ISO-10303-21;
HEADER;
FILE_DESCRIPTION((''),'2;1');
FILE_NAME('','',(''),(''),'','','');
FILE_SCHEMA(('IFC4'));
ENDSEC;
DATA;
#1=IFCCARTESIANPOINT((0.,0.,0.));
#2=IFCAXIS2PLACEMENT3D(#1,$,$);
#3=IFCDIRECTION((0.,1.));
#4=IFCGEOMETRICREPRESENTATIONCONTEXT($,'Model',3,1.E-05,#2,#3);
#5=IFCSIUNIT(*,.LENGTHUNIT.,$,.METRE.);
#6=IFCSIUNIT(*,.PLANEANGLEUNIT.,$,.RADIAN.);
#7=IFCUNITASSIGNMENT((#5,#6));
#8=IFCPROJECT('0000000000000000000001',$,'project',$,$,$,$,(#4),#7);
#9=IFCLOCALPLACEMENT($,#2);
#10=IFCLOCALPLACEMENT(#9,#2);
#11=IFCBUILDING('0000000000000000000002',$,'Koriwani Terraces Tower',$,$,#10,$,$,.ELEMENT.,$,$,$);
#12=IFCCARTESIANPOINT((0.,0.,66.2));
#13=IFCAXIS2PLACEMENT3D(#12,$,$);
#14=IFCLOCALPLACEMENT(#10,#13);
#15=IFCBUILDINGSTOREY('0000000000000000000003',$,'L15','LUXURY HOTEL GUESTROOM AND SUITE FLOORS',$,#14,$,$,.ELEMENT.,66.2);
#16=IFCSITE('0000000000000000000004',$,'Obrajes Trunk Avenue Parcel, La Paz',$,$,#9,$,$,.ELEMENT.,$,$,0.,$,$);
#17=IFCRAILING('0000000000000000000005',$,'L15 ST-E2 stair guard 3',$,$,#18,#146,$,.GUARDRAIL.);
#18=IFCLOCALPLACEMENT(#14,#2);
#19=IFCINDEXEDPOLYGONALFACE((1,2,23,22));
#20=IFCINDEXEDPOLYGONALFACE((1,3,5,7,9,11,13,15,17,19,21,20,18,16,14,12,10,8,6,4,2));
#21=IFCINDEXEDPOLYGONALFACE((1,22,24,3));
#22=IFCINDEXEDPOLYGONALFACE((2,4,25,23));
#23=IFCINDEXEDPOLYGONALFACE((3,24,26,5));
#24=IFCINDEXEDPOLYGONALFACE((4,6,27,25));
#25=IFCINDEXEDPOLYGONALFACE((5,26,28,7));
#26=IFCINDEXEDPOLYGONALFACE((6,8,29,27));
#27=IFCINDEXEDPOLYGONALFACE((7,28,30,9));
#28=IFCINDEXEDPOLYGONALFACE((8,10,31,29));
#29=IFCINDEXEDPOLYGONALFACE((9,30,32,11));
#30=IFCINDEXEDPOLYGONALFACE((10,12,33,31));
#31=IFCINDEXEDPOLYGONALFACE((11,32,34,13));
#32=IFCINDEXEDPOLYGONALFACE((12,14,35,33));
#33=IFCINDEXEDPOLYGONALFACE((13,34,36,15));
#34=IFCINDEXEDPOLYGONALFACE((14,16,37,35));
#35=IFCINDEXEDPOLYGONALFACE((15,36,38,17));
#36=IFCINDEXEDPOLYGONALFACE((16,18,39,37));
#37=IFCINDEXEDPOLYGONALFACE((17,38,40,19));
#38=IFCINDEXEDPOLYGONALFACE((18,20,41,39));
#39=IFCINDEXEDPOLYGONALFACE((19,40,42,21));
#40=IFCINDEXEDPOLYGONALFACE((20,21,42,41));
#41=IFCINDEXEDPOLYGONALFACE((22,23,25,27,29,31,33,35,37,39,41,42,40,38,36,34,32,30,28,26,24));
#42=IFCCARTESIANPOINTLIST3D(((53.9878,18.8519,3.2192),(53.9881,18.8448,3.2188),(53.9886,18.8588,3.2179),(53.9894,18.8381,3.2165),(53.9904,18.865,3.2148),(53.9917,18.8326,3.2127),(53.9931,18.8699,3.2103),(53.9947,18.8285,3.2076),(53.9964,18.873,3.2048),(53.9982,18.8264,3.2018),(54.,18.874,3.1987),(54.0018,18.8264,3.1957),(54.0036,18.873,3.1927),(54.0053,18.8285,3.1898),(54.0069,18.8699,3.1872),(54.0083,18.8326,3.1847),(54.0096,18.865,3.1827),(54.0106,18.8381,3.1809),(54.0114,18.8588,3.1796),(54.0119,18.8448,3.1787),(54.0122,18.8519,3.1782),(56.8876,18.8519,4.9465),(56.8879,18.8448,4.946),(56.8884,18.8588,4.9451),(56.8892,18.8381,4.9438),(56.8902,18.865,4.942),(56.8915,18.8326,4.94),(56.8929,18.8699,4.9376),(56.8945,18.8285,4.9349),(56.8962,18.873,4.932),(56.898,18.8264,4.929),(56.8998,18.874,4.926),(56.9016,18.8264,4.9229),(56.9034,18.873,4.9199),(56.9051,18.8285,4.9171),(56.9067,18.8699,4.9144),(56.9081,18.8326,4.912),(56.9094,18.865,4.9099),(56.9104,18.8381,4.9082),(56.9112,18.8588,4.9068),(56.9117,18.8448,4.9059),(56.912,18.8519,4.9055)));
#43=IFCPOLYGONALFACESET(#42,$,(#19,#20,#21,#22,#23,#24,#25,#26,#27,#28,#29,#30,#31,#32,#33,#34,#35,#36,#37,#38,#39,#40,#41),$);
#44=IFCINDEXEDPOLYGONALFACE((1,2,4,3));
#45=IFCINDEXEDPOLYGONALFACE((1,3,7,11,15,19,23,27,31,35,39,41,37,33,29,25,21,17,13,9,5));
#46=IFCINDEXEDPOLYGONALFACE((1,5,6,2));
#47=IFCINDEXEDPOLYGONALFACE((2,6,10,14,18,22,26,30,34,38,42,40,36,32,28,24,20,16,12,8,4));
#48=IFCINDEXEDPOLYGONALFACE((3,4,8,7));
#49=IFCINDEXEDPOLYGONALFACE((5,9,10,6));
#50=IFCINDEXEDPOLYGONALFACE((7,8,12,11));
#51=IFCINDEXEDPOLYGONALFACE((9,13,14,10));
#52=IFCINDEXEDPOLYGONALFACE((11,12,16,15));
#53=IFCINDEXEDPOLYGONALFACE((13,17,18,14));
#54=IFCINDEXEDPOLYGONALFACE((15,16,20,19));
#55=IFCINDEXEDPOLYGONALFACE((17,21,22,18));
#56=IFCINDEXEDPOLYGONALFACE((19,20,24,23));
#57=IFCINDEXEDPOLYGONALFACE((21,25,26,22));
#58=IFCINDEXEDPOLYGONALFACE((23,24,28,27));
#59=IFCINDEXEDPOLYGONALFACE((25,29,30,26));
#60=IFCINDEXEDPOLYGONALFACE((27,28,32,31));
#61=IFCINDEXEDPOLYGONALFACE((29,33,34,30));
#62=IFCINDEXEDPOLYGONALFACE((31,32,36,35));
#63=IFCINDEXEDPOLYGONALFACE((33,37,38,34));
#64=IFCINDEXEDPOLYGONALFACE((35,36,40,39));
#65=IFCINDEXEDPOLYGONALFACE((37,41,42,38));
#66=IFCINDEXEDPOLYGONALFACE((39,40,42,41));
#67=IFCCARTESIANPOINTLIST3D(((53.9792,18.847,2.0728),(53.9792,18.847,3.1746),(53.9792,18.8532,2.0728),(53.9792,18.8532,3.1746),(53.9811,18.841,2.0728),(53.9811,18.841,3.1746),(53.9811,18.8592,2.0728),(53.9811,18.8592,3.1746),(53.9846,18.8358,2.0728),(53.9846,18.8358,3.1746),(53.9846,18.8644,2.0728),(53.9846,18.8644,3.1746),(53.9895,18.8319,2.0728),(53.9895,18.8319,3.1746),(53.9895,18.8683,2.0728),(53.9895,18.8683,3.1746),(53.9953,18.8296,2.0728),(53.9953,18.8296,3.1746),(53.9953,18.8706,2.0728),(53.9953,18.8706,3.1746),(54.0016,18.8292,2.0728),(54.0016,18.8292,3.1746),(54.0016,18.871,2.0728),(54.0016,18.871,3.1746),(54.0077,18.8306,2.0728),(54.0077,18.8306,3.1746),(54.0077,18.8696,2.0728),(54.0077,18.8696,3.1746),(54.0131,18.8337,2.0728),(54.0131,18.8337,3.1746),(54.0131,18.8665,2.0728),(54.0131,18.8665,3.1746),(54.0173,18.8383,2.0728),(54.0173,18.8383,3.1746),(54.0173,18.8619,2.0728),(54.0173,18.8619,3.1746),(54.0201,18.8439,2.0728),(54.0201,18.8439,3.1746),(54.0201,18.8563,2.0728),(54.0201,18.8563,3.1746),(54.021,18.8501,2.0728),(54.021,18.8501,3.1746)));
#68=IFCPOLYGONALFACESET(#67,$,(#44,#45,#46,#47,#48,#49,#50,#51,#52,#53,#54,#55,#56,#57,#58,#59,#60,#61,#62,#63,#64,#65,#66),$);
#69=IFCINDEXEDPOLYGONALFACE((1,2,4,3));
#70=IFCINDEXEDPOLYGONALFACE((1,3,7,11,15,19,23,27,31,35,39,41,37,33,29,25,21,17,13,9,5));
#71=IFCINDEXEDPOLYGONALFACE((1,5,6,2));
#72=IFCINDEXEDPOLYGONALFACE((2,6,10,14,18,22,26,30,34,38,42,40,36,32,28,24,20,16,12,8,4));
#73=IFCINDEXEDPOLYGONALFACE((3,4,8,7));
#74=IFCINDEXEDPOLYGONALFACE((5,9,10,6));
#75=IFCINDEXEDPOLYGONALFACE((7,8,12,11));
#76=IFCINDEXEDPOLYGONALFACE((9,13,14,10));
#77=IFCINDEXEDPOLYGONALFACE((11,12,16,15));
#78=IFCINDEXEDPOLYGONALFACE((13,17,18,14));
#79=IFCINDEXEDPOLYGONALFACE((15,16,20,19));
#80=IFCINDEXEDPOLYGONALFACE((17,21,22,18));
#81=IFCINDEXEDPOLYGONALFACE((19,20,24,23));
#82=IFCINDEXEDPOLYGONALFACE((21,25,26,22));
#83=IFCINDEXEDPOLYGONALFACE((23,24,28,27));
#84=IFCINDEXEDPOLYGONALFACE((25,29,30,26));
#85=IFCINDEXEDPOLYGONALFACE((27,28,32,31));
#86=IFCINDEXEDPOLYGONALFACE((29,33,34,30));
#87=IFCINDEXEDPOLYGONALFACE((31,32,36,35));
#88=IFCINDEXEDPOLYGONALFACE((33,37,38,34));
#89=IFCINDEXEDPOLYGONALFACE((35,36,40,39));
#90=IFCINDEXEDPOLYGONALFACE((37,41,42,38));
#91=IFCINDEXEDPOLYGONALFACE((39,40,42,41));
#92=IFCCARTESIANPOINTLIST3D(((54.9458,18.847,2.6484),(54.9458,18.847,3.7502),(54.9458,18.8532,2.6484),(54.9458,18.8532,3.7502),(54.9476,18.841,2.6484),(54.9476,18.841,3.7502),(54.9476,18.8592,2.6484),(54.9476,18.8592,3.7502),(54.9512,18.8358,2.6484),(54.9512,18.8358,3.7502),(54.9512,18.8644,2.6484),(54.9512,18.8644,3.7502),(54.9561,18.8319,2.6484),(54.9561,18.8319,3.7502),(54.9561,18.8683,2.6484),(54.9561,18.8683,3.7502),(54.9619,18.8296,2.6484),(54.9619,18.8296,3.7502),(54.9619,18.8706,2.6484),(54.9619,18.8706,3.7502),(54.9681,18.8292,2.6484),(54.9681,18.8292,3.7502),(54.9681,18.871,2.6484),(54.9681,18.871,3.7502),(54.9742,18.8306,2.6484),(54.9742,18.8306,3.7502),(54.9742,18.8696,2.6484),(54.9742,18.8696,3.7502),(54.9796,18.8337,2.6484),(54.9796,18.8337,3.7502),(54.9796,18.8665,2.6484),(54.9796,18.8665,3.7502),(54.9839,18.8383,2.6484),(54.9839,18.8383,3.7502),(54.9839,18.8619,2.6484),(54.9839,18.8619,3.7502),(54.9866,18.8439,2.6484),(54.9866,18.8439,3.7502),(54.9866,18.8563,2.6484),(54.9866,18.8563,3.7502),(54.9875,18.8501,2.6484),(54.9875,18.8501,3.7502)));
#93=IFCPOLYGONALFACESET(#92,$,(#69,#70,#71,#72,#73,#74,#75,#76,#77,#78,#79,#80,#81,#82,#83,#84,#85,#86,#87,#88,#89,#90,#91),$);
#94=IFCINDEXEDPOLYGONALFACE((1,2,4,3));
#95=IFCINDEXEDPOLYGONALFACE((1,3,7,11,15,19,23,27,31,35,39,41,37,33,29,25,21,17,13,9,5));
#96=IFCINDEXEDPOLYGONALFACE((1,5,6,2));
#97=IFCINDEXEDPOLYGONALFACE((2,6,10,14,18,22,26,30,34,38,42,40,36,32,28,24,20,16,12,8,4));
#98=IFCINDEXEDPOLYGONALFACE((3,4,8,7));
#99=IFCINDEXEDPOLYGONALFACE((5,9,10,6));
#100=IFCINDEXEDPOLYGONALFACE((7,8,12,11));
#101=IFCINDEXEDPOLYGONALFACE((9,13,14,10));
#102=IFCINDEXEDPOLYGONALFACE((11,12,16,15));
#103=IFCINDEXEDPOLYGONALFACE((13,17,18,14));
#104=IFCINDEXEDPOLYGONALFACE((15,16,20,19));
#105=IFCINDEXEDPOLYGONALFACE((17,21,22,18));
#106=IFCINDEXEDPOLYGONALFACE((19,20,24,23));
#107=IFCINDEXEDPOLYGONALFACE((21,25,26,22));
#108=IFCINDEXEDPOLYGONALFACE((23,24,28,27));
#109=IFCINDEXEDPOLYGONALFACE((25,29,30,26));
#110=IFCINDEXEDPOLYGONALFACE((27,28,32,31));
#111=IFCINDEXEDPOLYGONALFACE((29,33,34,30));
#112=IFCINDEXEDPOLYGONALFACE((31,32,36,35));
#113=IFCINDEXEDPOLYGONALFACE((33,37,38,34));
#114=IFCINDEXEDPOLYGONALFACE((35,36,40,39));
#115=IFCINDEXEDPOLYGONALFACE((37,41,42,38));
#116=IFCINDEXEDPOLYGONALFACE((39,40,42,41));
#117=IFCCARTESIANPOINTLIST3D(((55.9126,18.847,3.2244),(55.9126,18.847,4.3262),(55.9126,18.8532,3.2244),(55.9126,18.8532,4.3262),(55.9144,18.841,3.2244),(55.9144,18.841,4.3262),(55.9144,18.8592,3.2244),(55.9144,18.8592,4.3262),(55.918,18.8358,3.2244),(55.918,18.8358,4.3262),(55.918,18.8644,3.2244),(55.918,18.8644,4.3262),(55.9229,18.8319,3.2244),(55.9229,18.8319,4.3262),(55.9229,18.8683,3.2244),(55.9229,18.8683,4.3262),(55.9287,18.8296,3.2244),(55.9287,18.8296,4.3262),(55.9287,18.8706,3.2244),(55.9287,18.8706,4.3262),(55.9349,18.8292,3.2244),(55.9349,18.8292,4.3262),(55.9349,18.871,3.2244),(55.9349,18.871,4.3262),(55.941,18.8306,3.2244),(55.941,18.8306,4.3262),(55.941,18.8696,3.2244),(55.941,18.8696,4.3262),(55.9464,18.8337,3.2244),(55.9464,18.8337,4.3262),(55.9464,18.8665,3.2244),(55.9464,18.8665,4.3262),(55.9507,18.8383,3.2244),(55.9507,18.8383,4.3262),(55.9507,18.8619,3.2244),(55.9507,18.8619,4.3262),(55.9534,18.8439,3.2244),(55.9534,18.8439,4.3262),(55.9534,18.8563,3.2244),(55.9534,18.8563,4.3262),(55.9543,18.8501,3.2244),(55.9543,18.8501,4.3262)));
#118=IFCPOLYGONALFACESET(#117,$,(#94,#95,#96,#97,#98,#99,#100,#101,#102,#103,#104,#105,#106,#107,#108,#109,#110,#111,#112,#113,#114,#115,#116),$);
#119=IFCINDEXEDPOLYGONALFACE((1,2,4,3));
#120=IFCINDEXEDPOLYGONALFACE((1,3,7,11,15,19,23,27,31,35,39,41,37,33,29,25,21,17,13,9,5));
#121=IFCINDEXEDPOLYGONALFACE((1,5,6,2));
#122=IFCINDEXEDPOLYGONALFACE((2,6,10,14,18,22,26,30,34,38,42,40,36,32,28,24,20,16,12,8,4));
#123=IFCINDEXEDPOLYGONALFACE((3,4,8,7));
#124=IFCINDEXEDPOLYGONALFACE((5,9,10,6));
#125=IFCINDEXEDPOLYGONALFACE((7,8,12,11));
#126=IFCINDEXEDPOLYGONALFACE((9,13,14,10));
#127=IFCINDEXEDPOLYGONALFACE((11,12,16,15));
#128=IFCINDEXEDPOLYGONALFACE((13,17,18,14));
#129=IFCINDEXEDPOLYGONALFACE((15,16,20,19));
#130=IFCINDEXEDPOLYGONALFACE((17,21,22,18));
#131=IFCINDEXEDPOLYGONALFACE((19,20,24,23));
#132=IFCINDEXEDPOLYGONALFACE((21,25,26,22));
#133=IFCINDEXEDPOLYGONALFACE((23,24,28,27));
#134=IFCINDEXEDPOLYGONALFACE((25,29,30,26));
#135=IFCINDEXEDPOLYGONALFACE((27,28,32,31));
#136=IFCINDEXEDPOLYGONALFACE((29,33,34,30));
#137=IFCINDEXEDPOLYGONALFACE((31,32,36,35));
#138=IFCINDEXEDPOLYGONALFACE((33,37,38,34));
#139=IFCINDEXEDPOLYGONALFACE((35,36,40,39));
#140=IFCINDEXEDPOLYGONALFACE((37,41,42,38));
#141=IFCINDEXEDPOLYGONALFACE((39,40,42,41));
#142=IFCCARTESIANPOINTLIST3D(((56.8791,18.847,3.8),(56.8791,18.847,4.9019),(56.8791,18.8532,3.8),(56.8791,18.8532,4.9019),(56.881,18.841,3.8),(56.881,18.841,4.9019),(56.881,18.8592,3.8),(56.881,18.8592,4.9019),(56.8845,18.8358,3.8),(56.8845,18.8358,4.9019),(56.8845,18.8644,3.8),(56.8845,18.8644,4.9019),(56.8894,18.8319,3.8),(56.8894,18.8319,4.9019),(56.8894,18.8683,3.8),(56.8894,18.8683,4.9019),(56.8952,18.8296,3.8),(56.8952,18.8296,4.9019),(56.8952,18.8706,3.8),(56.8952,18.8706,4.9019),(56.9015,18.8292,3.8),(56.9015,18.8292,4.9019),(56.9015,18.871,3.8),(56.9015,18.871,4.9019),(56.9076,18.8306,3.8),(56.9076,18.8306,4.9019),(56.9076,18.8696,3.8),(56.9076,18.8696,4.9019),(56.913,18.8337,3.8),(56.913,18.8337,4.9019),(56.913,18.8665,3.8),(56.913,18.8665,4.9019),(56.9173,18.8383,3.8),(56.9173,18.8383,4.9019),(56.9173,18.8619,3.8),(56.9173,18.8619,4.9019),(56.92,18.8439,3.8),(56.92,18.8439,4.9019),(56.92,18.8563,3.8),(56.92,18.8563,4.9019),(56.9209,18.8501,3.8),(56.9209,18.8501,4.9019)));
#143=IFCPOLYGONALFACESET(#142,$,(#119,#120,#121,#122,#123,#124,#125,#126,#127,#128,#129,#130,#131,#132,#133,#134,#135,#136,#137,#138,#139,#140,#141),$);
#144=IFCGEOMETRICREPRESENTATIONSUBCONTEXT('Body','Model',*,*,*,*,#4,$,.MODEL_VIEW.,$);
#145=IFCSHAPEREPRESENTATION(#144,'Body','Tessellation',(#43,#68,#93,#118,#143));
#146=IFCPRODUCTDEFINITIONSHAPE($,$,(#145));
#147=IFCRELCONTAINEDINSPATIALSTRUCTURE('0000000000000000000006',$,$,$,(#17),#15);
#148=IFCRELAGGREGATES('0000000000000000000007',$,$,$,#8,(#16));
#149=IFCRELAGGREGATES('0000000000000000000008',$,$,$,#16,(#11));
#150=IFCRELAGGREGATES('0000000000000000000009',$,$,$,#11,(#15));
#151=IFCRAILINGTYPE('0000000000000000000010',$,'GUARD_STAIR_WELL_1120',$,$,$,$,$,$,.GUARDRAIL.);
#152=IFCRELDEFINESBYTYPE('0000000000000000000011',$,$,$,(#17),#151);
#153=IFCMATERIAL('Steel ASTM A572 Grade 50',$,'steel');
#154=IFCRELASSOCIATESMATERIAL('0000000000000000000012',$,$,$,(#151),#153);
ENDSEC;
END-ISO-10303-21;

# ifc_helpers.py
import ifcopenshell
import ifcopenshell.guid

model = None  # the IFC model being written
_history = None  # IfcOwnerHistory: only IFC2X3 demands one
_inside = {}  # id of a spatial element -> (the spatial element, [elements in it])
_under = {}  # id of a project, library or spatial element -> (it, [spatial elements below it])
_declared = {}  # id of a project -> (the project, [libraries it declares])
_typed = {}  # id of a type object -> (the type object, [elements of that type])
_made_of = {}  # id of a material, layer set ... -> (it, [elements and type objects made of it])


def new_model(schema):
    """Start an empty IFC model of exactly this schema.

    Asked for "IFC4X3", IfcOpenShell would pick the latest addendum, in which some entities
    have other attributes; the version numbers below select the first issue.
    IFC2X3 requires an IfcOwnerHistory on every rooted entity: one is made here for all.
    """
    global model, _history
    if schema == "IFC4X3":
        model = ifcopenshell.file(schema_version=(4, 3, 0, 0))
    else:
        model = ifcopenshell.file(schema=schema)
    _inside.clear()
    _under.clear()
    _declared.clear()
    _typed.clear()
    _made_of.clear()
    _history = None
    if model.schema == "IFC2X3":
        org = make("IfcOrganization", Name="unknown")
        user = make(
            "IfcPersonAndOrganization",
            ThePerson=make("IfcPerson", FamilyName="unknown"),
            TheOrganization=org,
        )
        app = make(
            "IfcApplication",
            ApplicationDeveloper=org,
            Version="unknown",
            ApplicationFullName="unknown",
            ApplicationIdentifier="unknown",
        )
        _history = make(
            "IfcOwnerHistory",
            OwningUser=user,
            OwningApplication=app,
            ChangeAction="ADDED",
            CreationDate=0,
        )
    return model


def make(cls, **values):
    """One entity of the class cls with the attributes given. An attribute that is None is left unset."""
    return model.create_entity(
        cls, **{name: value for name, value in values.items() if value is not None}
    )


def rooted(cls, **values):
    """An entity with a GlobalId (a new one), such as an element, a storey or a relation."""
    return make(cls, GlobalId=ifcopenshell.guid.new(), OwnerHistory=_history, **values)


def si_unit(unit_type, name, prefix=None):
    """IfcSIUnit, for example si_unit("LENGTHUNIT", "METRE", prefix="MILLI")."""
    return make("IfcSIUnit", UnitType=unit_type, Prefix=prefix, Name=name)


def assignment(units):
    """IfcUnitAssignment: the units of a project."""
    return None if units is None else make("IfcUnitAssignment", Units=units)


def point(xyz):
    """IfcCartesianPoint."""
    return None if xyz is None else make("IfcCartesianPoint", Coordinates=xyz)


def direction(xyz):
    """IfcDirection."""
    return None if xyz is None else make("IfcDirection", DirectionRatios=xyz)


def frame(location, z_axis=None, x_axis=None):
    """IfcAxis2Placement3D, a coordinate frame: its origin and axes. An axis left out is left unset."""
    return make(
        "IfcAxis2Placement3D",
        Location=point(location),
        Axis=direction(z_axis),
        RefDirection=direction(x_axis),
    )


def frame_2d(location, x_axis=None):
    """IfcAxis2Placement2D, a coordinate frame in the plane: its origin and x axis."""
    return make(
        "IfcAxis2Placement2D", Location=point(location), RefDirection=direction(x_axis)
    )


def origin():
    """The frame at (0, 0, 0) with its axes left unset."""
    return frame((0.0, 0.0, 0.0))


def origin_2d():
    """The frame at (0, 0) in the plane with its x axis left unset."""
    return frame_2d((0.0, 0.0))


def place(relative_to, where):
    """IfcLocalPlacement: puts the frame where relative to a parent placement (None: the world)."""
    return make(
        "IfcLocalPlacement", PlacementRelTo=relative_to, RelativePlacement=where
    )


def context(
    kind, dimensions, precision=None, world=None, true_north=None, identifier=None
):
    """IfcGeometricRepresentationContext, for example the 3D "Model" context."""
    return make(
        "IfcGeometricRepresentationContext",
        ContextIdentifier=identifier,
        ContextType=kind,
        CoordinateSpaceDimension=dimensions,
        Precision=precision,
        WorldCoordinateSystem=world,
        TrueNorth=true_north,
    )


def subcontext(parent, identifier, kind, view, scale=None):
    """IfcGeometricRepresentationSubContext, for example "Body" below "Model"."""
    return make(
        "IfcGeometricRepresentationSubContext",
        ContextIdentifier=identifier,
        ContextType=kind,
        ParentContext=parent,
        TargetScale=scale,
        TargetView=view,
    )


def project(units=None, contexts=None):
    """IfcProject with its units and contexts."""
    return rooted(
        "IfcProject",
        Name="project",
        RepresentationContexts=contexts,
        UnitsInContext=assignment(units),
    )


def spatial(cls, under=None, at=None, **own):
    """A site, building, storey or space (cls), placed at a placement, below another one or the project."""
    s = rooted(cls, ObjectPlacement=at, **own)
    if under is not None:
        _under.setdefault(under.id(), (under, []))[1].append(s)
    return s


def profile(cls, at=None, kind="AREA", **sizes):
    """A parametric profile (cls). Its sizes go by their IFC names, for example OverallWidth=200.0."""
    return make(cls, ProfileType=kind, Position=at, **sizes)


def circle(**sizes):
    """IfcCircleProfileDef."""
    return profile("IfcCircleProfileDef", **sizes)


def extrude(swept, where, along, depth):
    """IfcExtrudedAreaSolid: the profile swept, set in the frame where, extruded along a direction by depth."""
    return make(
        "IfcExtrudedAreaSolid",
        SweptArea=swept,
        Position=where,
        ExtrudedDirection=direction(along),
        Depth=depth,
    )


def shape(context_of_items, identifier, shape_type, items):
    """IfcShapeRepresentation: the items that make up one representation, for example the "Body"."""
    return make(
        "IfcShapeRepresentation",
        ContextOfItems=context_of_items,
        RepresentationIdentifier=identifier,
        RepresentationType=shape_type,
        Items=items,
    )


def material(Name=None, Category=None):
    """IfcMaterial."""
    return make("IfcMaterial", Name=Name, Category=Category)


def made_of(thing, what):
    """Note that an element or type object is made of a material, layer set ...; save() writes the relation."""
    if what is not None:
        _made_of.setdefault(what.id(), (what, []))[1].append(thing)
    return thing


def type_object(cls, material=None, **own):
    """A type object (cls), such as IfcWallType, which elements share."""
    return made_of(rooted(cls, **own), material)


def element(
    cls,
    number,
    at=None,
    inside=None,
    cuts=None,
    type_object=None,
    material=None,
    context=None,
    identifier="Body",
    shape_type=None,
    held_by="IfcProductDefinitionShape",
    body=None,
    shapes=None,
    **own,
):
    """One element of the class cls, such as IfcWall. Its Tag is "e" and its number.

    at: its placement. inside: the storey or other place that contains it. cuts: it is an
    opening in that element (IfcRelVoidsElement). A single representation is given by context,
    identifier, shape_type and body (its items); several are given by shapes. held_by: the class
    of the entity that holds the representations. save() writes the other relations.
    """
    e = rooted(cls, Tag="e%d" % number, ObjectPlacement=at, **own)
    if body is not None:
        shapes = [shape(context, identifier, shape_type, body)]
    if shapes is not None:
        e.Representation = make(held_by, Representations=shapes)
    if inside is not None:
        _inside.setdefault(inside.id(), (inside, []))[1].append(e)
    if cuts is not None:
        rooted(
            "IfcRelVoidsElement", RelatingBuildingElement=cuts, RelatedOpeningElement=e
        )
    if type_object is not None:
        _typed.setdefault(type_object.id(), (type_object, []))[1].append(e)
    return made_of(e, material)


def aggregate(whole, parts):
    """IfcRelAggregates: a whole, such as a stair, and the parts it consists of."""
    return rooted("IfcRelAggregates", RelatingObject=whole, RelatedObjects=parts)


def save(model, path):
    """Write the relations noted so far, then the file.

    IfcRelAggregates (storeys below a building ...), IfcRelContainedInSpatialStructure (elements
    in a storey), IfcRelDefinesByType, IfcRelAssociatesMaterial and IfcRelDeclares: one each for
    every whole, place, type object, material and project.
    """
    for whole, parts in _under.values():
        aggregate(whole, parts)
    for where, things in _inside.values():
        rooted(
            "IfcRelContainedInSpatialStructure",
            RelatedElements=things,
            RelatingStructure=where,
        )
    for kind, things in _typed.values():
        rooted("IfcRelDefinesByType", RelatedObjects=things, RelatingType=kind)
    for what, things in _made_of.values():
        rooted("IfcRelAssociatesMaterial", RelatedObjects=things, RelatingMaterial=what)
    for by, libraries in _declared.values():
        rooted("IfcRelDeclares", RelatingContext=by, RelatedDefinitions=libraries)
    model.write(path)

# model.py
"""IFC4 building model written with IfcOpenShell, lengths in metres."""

from ifc_helpers import new_model, si_unit, direction, frame, origin, origin_2d, place, context, subcontext, project, spatial, circle, extrude, material, type_object, element, save


model = new_model("IFC4")

# Units and contexts
model_context = context("Model", 3, precision=1e-05, world=origin(), true_north=direction((0.0, 1.0)))
body_context = subcontext(model_context, "Body", "Model", "MODEL_VIEW")
ifc_project = project(units=[si_unit("LENGTHUNIT", "METRE"), si_unit("PLANEANGLEUNIT", "RADIAN")], contexts=[model_context])

# Site, building, storey
site_placement = place(None, origin())
site = spatial("IfcSite", under=ifc_project, at=site_placement, Name="Obrajes Trunk Avenue Parcel, La Paz", CompositionType="ELEMENT", RefElevation=0.0)
building_placement = place(site_placement, origin())
building = spatial("IfcBuilding", under=site, at=building_placement, Name="Koriwani Terraces Tower", CompositionType="ELEMENT")
storey_placement = place(building_placement, frame((0.0, 0.0, 66.2)))
storey = spatial("IfcBuildingStorey", under=building, at=storey_placement, Name="L15", Description="LUXURY HOTEL GUESTROOM AND SUITE FLOORS", CompositionType="ELEMENT", Elevation=66.2)

# Shared definitions
ifc_material_1 = material(Name="Steel ASTM A572 Grade 50", Category="steel")

# Railing
railing_type_1 = type_object("IfcRailingType", Name="GUARD_STAIR_WELL_1120", PredefinedType="GUARDRAIL", material=ifc_material_1)
railing_1_placement = place(storey_placement, frame((54.0, 18.8501, 2.0728)))
element("IfcRailing", 1, at=railing_1_placement, inside=storey, type_object=railing_type_1, Name="L15 ST-E2 stair guard 3", PredefinedType="GUARDRAIL", context=body_context, shape_type="SweptSolid", body=[
    extrude(circle(Radius=0.0239, at=origin_2d()), frame((0.0, 0.0, 1.126), z_axis=(0.859141, 0.0, 0.511738), x_axis=(0.0, 1.0, 0.0)), (0.0, 0.0, 1.0), 3.3752),
    extrude(circle(Radius=0.021, at=origin_2d()), origin(), (0.0, 0.0, 1.0), 1.1018),
    extrude(circle(Radius=0.021, at=origin_2d()), frame((0.9666, 0.0, 0.5757)), (0.0, 0.0, 1.0), 1.1018),
    extrude(circle(Radius=0.021, at=origin_2d()), frame((1.9333, 0.0, 1.1516)), (0.0, 0.0, 1.0), 1.1018),
    extrude(circle(Radius=0.021, at=origin_2d()), frame((2.8999, 0.0, 1.7273)), (0.0, 0.0, 1.0), 1.1018),
])

save(model, "model.ifc")
